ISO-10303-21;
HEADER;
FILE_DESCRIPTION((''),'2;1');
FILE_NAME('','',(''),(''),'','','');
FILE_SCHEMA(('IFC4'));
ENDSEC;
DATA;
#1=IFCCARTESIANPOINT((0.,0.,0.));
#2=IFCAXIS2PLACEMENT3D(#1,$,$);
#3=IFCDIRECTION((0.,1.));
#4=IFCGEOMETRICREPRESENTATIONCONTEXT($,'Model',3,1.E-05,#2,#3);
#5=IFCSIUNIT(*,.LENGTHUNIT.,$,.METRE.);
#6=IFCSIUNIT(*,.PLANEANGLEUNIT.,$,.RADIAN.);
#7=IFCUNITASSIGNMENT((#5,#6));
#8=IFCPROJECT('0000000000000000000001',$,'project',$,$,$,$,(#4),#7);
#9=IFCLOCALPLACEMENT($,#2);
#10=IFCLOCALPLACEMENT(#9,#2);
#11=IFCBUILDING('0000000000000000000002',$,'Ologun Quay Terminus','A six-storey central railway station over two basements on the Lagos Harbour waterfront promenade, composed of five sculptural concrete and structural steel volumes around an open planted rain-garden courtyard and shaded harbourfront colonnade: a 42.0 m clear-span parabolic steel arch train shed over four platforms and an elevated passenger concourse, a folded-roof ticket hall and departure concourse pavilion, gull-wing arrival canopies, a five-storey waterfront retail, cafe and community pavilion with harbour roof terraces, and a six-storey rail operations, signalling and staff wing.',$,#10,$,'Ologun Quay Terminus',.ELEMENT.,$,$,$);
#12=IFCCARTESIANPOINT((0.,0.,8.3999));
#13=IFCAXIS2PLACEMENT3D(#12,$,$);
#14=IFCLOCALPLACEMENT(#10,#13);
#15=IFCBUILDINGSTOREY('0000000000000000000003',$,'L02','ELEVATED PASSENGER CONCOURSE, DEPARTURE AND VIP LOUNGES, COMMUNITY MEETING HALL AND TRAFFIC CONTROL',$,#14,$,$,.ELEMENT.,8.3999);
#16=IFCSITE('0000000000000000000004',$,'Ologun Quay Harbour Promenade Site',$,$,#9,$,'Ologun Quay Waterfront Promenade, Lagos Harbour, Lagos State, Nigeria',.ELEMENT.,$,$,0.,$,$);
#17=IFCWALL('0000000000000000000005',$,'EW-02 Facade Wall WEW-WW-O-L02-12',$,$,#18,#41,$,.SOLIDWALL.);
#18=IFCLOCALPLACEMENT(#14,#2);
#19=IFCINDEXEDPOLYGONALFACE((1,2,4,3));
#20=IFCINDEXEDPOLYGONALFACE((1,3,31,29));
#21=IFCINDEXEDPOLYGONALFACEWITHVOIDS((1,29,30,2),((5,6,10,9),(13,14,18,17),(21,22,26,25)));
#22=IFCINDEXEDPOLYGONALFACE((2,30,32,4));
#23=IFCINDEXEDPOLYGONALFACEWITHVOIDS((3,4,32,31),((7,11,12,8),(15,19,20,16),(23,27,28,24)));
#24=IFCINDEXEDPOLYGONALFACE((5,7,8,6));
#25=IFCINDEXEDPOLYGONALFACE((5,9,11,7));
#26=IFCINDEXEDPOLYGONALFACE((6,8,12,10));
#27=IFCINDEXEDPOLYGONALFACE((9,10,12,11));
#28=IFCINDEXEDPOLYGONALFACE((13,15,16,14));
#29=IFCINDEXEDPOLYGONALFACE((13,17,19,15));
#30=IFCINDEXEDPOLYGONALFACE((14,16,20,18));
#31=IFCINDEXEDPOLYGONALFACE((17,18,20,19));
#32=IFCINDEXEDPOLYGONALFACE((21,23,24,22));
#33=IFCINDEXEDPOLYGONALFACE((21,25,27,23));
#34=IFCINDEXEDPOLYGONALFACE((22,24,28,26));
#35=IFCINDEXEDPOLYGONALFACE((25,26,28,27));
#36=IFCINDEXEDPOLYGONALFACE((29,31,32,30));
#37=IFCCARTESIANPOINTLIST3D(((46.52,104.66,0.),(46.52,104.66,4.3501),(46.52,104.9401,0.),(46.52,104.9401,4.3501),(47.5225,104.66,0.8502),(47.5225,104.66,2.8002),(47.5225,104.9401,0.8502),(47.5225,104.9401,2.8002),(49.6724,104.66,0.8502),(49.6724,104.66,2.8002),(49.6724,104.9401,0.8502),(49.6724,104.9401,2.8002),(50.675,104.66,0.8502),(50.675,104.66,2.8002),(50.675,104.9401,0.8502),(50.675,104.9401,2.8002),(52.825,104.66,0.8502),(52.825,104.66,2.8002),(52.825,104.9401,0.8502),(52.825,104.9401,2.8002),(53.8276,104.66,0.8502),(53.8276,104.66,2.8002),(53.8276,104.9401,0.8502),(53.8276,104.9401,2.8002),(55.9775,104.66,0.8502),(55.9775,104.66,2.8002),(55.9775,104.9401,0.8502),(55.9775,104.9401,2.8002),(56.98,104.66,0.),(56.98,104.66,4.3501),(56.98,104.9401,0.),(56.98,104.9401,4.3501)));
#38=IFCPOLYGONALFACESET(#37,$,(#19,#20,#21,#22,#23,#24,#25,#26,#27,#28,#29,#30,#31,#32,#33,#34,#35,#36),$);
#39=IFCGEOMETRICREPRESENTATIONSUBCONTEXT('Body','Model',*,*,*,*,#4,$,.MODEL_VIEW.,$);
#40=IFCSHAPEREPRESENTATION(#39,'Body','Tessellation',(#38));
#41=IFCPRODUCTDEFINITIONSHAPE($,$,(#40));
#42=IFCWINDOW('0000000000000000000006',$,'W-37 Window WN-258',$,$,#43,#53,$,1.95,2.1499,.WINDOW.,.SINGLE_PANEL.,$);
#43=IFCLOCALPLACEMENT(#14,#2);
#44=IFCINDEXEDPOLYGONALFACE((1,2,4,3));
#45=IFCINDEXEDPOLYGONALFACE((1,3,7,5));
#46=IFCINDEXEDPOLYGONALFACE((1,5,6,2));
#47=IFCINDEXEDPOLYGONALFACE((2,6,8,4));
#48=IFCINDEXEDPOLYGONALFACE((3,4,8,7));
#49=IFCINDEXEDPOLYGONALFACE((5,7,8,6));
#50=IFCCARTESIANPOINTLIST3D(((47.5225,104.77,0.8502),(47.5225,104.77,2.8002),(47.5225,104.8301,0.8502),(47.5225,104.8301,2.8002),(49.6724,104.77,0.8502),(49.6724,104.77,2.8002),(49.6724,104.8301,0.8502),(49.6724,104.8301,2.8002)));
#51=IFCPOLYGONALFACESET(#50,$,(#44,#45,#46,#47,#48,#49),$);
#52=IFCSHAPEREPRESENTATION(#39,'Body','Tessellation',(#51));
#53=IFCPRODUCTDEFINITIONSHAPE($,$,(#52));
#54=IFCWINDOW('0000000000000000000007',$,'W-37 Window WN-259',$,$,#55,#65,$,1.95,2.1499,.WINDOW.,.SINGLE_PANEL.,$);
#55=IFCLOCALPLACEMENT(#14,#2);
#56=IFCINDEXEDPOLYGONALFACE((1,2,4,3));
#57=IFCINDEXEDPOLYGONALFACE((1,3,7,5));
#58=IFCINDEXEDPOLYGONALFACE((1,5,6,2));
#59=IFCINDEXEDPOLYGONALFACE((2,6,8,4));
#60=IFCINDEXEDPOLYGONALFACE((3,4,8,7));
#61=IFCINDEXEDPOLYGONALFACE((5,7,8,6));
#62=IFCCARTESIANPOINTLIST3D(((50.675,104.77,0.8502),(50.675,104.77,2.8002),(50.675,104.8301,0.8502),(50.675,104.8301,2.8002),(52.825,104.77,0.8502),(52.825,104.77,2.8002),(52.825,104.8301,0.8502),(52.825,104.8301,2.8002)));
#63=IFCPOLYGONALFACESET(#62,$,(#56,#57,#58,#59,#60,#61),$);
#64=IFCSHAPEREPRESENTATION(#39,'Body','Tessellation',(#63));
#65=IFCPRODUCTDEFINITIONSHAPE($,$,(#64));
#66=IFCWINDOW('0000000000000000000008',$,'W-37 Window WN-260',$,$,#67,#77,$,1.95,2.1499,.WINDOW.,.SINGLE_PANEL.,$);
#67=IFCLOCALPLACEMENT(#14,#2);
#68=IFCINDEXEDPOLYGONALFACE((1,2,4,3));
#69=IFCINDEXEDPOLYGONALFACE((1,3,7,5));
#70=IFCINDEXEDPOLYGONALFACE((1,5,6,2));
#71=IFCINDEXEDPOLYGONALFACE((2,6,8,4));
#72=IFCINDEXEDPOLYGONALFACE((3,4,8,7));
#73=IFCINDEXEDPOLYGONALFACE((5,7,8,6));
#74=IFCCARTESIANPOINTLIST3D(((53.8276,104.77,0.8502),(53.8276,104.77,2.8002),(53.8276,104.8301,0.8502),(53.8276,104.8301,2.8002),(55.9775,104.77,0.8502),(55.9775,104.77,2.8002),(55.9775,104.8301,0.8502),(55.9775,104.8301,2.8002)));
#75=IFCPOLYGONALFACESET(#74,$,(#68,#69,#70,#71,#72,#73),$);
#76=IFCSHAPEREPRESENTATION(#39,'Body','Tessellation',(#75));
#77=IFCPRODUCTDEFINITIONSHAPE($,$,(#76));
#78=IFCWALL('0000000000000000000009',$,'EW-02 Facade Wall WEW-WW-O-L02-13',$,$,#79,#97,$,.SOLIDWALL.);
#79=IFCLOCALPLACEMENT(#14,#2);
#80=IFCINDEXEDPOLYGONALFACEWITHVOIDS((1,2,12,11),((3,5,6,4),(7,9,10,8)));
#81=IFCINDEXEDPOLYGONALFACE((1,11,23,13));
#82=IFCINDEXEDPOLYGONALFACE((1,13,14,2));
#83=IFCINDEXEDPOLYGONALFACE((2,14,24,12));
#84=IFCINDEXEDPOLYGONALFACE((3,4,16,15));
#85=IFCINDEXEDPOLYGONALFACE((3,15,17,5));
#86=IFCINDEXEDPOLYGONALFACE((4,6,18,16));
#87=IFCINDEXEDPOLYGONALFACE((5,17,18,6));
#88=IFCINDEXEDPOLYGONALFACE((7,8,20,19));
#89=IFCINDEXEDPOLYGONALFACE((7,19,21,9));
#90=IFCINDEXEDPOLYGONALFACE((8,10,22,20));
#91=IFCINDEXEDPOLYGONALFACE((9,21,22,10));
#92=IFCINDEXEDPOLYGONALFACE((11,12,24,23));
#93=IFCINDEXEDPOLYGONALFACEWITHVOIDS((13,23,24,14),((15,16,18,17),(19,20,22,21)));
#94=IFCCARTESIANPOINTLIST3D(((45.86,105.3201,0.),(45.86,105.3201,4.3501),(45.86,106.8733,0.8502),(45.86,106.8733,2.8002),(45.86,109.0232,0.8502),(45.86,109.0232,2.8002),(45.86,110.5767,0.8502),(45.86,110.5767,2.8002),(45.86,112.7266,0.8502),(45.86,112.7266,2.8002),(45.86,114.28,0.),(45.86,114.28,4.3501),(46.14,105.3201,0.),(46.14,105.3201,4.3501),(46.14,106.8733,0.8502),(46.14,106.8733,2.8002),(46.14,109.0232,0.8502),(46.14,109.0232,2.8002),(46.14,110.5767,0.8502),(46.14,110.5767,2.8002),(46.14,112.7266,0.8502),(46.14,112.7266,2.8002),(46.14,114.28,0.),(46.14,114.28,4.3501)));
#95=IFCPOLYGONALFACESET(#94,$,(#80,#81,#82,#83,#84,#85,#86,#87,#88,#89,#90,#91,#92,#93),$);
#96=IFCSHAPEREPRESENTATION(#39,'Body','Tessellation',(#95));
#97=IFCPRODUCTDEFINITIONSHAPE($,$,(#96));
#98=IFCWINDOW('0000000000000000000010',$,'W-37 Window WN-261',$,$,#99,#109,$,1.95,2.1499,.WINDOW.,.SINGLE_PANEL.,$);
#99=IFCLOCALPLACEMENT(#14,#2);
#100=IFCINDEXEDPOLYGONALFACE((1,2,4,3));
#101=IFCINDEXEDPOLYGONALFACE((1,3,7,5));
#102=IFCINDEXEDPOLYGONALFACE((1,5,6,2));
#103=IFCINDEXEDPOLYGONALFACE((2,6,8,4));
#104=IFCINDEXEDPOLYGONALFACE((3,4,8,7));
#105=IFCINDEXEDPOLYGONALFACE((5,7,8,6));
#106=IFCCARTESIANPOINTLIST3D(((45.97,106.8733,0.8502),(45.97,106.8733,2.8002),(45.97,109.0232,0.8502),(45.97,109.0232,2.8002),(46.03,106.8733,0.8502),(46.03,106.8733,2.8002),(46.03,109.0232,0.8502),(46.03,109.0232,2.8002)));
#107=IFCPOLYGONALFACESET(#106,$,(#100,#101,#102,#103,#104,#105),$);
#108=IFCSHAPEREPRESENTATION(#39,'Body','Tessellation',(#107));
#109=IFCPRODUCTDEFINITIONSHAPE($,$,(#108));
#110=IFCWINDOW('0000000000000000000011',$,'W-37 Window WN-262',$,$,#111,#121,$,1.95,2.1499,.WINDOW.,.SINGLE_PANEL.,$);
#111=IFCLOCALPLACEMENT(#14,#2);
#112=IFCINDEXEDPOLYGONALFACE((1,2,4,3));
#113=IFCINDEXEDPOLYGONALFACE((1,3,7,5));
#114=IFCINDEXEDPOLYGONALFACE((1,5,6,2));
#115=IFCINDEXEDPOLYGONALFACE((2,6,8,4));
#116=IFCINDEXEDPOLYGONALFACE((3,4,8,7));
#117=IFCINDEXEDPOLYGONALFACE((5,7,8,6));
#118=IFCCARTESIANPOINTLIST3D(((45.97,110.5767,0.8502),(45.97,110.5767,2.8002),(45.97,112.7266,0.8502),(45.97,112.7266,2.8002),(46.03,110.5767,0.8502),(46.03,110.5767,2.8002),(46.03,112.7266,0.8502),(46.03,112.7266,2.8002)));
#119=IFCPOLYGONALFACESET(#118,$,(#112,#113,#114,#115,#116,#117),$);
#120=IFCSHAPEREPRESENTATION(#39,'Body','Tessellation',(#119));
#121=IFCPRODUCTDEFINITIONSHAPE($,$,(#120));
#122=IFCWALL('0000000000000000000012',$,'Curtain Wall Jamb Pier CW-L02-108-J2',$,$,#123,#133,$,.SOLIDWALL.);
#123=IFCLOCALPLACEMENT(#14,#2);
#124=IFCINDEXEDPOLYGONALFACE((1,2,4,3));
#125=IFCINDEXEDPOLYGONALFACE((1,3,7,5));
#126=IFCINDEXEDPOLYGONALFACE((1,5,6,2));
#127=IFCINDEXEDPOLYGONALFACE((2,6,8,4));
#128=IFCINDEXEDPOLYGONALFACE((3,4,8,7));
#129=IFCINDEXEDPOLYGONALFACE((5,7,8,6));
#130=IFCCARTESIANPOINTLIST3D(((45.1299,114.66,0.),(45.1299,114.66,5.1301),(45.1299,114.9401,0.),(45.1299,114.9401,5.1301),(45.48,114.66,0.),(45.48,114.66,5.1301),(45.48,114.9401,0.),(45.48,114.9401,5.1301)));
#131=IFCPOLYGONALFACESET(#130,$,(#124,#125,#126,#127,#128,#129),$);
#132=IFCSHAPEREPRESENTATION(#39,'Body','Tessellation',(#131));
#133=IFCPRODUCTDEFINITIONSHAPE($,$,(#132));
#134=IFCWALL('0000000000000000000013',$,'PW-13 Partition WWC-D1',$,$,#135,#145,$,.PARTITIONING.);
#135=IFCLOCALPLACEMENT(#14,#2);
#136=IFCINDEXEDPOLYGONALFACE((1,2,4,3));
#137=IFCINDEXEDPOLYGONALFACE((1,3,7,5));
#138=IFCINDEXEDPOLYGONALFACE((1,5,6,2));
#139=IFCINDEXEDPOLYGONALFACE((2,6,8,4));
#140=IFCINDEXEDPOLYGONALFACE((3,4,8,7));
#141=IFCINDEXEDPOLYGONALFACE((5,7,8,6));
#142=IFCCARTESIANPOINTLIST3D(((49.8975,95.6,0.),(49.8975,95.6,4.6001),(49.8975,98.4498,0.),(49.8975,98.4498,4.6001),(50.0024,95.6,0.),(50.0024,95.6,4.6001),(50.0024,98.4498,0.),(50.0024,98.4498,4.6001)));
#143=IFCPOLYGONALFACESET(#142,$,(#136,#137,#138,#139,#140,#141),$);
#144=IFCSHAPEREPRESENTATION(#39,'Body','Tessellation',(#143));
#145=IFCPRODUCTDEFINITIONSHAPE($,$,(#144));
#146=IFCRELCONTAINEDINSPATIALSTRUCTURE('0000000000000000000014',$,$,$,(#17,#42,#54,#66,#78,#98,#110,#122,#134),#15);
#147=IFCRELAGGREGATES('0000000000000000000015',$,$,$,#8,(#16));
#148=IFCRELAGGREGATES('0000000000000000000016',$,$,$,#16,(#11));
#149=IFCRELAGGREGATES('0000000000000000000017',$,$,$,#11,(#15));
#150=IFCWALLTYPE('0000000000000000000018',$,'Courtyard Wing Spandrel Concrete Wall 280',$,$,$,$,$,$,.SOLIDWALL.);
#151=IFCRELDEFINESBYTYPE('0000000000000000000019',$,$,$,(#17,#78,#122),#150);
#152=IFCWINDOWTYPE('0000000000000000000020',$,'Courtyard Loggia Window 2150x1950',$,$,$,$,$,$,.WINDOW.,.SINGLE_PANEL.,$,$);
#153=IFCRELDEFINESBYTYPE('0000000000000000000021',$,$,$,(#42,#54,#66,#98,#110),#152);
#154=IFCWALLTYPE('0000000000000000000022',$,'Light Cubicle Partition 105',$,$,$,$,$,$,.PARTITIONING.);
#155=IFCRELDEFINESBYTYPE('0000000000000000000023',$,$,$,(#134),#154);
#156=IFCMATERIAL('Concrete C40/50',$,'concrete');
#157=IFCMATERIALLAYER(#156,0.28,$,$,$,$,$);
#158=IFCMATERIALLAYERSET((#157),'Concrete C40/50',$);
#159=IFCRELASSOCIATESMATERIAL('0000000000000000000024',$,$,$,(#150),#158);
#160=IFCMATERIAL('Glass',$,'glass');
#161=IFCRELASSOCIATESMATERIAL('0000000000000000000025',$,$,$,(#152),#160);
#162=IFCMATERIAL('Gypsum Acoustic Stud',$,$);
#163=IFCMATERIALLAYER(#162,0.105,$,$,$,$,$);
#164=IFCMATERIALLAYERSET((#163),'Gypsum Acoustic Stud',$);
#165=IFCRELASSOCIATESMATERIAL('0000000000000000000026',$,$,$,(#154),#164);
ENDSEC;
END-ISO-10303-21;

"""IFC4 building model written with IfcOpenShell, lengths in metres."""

from ifc_helpers import new_model, si_unit, direction, frame, frame_2d, origin, place, context, subcontext, project, spatial, rectangle, extrude, material, layer, layer_set, type_object, element, fill, save


model = new_model("IFC4")

# Units and contexts
model_context = context("Model", 3, precision=1e-05, world=origin(), true_north=direction((0.0, 1.0)))
body_context = subcontext(model_context, "Body", "Model", "MODEL_VIEW")
ifc_project = project(units=[si_unit("LENGTHUNIT", "METRE"), si_unit("PLANEANGLEUNIT", "RADIAN")], contexts=[model_context])

# Site, building, storey
site_placement = place(None, origin())
site = spatial("IfcSite", under=ifc_project, at=site_placement, Name="Ologun Quay Harbour Promenade Site", LongName="Ologun Quay Waterfront Promenade, Lagos Harbour, Lagos State, Nigeria", CompositionType="ELEMENT", RefElevation=0.0)
building_placement = place(site_placement, origin())
building = spatial("IfcBuilding", under=site, at=building_placement, Name="Ologun Quay Terminus", Description="A six-storey central railway station over two basements on the Lagos Harbour waterfront promenade, composed of five sculptural concrete and structural steel volumes around an open planted rain-garden courtyard and shaded harbourfront colonnade: a 42.0 m clear-span parabolic steel arch train shed over four platforms and an elevated passenger concourse, a folded-roof ticket hall and departure concourse pavilion, gull-wing arrival canopies, a five-storey waterfront retail, cafe and community pavilion with harbour roof terraces, and a six-storey rail operations, signalling and staff wing.", LongName="Ologun Quay Terminus", CompositionType="ELEMENT")
storey_placement = place(building_placement, frame((0.0, 0.0, 8.3999)))
storey = spatial("IfcBuildingStorey", under=building, at=storey_placement, Name="L02", Description="ELEVATED PASSENGER CONCOURSE, DEPARTURE AND VIP LOUNGES, COMMUNITY MEETING HALL AND TRAFFIC CONTROL", CompositionType="ELEMENT", Elevation=8.3999)

# Walls, openings, windows
ifc_material_1 = material(Name="Concrete C40/50", Category="concrete")
ifc_layer_1 = layer(ifc_material_1, 0.28)
ifc_layer_set_1 = layer_set([ifc_layer_1], Name="Concrete C40/50")
wall_type_1 = type_object("IfcWallType", Name="Courtyard Wing Spandrel Concrete Wall 280", PredefinedType="SOLIDWALL", material=ifc_layer_set_1)
wall_1_placement = place(storey_placement, frame((46.52, 104.8, 0.0), z_axis=(0.0, 0.0, 1.0), x_axis=(1.0, 0.0, 0.0)))
wall_1 = element("IfcWall", 1, at=wall_1_placement, inside=storey, type_object=wall_type_1, Name="EW-02 Facade Wall WEW-WW-O-L02-12", PredefinedType="SOLIDWALL", context=body_context, shape_type="SweptSolid", body=[
    extrude(rectangle(XDim=10.46, YDim=0.28, at=frame_2d((5.23, 0.0))), origin(), (0.0, 0.0, 1.0), 4.3501),
])
opening_1_placement = place(wall_1_placement, frame((1.0024, 0.0, 0.8501)))
opening_1 = element("IfcOpeningElement", 2, at=opening_1_placement, cuts=wall_1, PredefinedType="OPENING", context=body_context, shape_type="SweptSolid", body=[
    extrude(rectangle(XDim=2.1499, YDim=1.95, at=frame_2d((1.075, 0.9751))), frame((0.0, 0.1499, 0.0), z_axis=(0.0, -1.0, 0.0), x_axis=(1.0, 0.0, 0.0)), (0.0, 0.0, 1.0), 0.3),
])
opening_2_placement = place(wall_1_placement, frame((4.155, 0.0, 0.8501)))
opening_2 = element("IfcOpeningElement", 3, at=opening_2_placement, cuts=wall_1, PredefinedType="OPENING", context=body_context, shape_type="SweptSolid", body=[
    extrude(rectangle(XDim=2.1499, YDim=1.95, at=frame_2d((1.075, 0.9751))), frame((0.0, 0.1499, 0.0), z_axis=(0.0, -1.0, 0.0), x_axis=(1.0, 0.0, 0.0)), (0.0, 0.0, 1.0), 0.3),
])
opening_3_placement = place(wall_1_placement, frame((7.3076, 0.0, 0.8501)))
opening_3 = element("IfcOpeningElement", 4, at=opening_3_placement, cuts=wall_1, PredefinedType="OPENING", context=body_context, shape_type="SweptSolid", body=[
    extrude(rectangle(XDim=2.1499, YDim=1.95, at=frame_2d((1.075, 0.9751))), frame((0.0, 0.1499, 0.0), z_axis=(0.0, -1.0, 0.0), x_axis=(1.0, 0.0, 0.0)), (0.0, 0.0, 1.0), 0.3),
])
ifc_material_2 = material(Name="Glass", Category="glass")
window_type = type_object("IfcWindowType", Name="Courtyard Loggia Window 2150x1950", PartitioningType="SINGLE_PANEL", PredefinedType="WINDOW", material=ifc_material_2)
window_1_placement = place(opening_1_placement, origin())
window_1 = element("IfcWindow", 5, at=window_1_placement, inside=storey, type_object=window_type, Name="W-37 Window WN-258", OverallHeight=1.95, OverallWidth=2.1499, PartitioningType="SINGLE_PANEL", PredefinedType="WINDOW", context=body_context, shape_type="SweptSolid", body=[
    extrude(rectangle(XDim=2.1499, YDim=1.95, at=frame_2d((1.075, 0.9751))), frame((0.0, 0.03, 0.0), z_axis=(0.0, -1.0, 0.0), x_axis=(1.0, 0.0, 0.0)), (0.0, 0.0, 1.0), 0.0601),
])
fill(opening_1, window_1)
window_2_placement = place(opening_2_placement, origin())
window_2 = element("IfcWindow", 6, at=window_2_placement, inside=storey, type_object=window_type, Name="W-37 Window WN-259", OverallHeight=1.95, OverallWidth=2.1499, PartitioningType="SINGLE_PANEL", PredefinedType="WINDOW", context=body_context, shape_type="SweptSolid", body=[
    extrude(rectangle(XDim=2.1499, YDim=1.95, at=frame_2d((1.075, 0.9751))), frame((0.0, 0.03, 0.0), z_axis=(0.0, -1.0, 0.0), x_axis=(1.0, 0.0, 0.0)), (0.0, 0.0, 1.0), 0.0601),
])
fill(opening_2, window_2)
window_3_placement = place(opening_3_placement, origin())
window_3 = element("IfcWindow", 7, at=window_3_placement, inside=storey, type_object=window_type, Name="W-37 Window WN-260", OverallHeight=1.95, OverallWidth=2.1499, PartitioningType="SINGLE_PANEL", PredefinedType="WINDOW", context=body_context, shape_type="SweptSolid", body=[
    extrude(rectangle(XDim=2.1499, YDim=1.95, at=frame_2d((1.075, 0.9751))), frame((0.0, 0.03, 0.0), z_axis=(0.0, -1.0, 0.0), x_axis=(1.0, 0.0, 0.0)), (0.0, 0.0, 1.0), 0.0601),
])
fill(opening_3, window_3)
wall_2_placement = place(storey_placement, frame((46.0, 105.3201, 0.0), z_axis=(0.0, 0.0, 1.0), x_axis=(0.0, 1.0, 0.0)))
wall_2 = element("IfcWall", 8, at=wall_2_placement, inside=storey, type_object=wall_type_1, Name="EW-02 Facade Wall WEW-WW-O-L02-13", PredefinedType="SOLIDWALL", context=body_context, shape_type="SweptSolid", body=[
    extrude(rectangle(XDim=8.96, YDim=0.28, at=frame_2d((4.48, 0.0))), origin(), (0.0, 0.0, 1.0), 4.3501),
])
opening_4_placement = place(wall_2_placement, frame((1.5532, 0.0, 0.8501)))
opening_4 = element("IfcOpeningElement", 9, at=opening_4_placement, cuts=wall_2, PredefinedType="OPENING", context=body_context, shape_type="SweptSolid", body=[
    extrude(rectangle(XDim=2.1499, YDim=1.95, at=frame_2d((1.075, 0.9751))), frame((0.0, 0.1499, 0.0), z_axis=(0.0, -1.0, 0.0), x_axis=(1.0, 0.0, 0.0)), (0.0, 0.0, 1.0), 0.3),
])
opening_5_placement = place(wall_2_placement, frame((5.2566, 0.0, 0.8501)))
opening_5 = element("IfcOpeningElement", 10, at=opening_5_placement, cuts=wall_2, PredefinedType="OPENING", context=body_context, shape_type="SweptSolid", body=[
    extrude(rectangle(XDim=2.1499, YDim=1.95, at=frame_2d((1.075, 0.9751))), frame((0.0, 0.1499, 0.0), z_axis=(0.0, -1.0, 0.0), x_axis=(1.0, 0.0, 0.0)), (0.0, 0.0, 1.0), 0.3),
])
window_4_placement = place(opening_4_placement, origin())
window_4 = element("IfcWindow", 11, at=window_4_placement, inside=storey, type_object=window_type, Name="W-37 Window WN-261", OverallHeight=1.95, OverallWidth=2.1499, PartitioningType="SINGLE_PANEL", PredefinedType="WINDOW", context=body_context, shape_type="SweptSolid", body=[
    extrude(rectangle(XDim=2.1499, YDim=1.95, at=frame_2d((1.075, 0.9751))), frame((0.0, 0.03, 0.0), z_axis=(0.0, -1.0, 0.0), x_axis=(1.0, 0.0, 0.0)), (0.0, 0.0, 1.0), 0.0601),
])
fill(opening_4, window_4)
window_5_placement = place(opening_5_placement, origin())
window_5 = element("IfcWindow", 12, at=window_5_placement, inside=storey, type_object=window_type, Name="W-37 Window WN-262", OverallHeight=1.95, OverallWidth=2.1499, PartitioningType="SINGLE_PANEL", PredefinedType="WINDOW", context=body_context, shape_type="SweptSolid", body=[
    extrude(rectangle(XDim=2.1499, YDim=1.95, at=frame_2d((1.075, 0.9751))), frame((0.0, 0.03, 0.0), z_axis=(0.0, -1.0, 0.0), x_axis=(1.0, 0.0, 0.0)), (0.0, 0.0, 1.0), 0.0601),
])
fill(opening_5, window_5)

# Walls
wall_3_placement = place(storey_placement, frame((45.1299, 114.8, 0.0), z_axis=(0.0, 0.0, 1.0), x_axis=(1.0, 0.0, 0.0)))
element("IfcWall", 13, at=wall_3_placement, inside=storey, type_object=wall_type_1, Name="Curtain Wall Jamb Pier CW-L02-108-J2", PredefinedType="SOLIDWALL", context=body_context, shape_type="SweptSolid", body=[
    extrude(rectangle(XDim=0.3501, YDim=0.28, at=frame_2d((0.175, 0.0))), origin(), (0.0, 0.0, 1.0), 5.1301),
])
ifc_material_3 = material(Name="Gypsum Acoustic Stud")
ifc_layer_2 = layer(ifc_material_3, 0.105)
ifc_layer_set_2 = layer_set([ifc_layer_2], Name="Gypsum Acoustic Stud")
wall_type_2 = type_object("IfcWallType", Name="Light Cubicle Partition 105", PredefinedType="PARTITIONING", material=ifc_layer_set_2)
wall_4_placement = place(storey_placement, frame((49.95, 95.6001, 0.0), z_axis=(0.0, 0.0, 1.0), x_axis=(0.0, 1.0, 0.0)))
element("IfcWall", 14, at=wall_4_placement, inside=storey, type_object=wall_type_2, Name="PW-13 Partition WWC-D1", PredefinedType="PARTITIONING", context=body_context, shape_type="SweptSolid", body=[
    extrude(rectangle(XDim=2.8499, YDim=0.105, at=frame_2d((1.4248, 0.0))), origin(), (0.0, 0.0, 1.0), 4.6001),
])

save(model, "model.ifc")
